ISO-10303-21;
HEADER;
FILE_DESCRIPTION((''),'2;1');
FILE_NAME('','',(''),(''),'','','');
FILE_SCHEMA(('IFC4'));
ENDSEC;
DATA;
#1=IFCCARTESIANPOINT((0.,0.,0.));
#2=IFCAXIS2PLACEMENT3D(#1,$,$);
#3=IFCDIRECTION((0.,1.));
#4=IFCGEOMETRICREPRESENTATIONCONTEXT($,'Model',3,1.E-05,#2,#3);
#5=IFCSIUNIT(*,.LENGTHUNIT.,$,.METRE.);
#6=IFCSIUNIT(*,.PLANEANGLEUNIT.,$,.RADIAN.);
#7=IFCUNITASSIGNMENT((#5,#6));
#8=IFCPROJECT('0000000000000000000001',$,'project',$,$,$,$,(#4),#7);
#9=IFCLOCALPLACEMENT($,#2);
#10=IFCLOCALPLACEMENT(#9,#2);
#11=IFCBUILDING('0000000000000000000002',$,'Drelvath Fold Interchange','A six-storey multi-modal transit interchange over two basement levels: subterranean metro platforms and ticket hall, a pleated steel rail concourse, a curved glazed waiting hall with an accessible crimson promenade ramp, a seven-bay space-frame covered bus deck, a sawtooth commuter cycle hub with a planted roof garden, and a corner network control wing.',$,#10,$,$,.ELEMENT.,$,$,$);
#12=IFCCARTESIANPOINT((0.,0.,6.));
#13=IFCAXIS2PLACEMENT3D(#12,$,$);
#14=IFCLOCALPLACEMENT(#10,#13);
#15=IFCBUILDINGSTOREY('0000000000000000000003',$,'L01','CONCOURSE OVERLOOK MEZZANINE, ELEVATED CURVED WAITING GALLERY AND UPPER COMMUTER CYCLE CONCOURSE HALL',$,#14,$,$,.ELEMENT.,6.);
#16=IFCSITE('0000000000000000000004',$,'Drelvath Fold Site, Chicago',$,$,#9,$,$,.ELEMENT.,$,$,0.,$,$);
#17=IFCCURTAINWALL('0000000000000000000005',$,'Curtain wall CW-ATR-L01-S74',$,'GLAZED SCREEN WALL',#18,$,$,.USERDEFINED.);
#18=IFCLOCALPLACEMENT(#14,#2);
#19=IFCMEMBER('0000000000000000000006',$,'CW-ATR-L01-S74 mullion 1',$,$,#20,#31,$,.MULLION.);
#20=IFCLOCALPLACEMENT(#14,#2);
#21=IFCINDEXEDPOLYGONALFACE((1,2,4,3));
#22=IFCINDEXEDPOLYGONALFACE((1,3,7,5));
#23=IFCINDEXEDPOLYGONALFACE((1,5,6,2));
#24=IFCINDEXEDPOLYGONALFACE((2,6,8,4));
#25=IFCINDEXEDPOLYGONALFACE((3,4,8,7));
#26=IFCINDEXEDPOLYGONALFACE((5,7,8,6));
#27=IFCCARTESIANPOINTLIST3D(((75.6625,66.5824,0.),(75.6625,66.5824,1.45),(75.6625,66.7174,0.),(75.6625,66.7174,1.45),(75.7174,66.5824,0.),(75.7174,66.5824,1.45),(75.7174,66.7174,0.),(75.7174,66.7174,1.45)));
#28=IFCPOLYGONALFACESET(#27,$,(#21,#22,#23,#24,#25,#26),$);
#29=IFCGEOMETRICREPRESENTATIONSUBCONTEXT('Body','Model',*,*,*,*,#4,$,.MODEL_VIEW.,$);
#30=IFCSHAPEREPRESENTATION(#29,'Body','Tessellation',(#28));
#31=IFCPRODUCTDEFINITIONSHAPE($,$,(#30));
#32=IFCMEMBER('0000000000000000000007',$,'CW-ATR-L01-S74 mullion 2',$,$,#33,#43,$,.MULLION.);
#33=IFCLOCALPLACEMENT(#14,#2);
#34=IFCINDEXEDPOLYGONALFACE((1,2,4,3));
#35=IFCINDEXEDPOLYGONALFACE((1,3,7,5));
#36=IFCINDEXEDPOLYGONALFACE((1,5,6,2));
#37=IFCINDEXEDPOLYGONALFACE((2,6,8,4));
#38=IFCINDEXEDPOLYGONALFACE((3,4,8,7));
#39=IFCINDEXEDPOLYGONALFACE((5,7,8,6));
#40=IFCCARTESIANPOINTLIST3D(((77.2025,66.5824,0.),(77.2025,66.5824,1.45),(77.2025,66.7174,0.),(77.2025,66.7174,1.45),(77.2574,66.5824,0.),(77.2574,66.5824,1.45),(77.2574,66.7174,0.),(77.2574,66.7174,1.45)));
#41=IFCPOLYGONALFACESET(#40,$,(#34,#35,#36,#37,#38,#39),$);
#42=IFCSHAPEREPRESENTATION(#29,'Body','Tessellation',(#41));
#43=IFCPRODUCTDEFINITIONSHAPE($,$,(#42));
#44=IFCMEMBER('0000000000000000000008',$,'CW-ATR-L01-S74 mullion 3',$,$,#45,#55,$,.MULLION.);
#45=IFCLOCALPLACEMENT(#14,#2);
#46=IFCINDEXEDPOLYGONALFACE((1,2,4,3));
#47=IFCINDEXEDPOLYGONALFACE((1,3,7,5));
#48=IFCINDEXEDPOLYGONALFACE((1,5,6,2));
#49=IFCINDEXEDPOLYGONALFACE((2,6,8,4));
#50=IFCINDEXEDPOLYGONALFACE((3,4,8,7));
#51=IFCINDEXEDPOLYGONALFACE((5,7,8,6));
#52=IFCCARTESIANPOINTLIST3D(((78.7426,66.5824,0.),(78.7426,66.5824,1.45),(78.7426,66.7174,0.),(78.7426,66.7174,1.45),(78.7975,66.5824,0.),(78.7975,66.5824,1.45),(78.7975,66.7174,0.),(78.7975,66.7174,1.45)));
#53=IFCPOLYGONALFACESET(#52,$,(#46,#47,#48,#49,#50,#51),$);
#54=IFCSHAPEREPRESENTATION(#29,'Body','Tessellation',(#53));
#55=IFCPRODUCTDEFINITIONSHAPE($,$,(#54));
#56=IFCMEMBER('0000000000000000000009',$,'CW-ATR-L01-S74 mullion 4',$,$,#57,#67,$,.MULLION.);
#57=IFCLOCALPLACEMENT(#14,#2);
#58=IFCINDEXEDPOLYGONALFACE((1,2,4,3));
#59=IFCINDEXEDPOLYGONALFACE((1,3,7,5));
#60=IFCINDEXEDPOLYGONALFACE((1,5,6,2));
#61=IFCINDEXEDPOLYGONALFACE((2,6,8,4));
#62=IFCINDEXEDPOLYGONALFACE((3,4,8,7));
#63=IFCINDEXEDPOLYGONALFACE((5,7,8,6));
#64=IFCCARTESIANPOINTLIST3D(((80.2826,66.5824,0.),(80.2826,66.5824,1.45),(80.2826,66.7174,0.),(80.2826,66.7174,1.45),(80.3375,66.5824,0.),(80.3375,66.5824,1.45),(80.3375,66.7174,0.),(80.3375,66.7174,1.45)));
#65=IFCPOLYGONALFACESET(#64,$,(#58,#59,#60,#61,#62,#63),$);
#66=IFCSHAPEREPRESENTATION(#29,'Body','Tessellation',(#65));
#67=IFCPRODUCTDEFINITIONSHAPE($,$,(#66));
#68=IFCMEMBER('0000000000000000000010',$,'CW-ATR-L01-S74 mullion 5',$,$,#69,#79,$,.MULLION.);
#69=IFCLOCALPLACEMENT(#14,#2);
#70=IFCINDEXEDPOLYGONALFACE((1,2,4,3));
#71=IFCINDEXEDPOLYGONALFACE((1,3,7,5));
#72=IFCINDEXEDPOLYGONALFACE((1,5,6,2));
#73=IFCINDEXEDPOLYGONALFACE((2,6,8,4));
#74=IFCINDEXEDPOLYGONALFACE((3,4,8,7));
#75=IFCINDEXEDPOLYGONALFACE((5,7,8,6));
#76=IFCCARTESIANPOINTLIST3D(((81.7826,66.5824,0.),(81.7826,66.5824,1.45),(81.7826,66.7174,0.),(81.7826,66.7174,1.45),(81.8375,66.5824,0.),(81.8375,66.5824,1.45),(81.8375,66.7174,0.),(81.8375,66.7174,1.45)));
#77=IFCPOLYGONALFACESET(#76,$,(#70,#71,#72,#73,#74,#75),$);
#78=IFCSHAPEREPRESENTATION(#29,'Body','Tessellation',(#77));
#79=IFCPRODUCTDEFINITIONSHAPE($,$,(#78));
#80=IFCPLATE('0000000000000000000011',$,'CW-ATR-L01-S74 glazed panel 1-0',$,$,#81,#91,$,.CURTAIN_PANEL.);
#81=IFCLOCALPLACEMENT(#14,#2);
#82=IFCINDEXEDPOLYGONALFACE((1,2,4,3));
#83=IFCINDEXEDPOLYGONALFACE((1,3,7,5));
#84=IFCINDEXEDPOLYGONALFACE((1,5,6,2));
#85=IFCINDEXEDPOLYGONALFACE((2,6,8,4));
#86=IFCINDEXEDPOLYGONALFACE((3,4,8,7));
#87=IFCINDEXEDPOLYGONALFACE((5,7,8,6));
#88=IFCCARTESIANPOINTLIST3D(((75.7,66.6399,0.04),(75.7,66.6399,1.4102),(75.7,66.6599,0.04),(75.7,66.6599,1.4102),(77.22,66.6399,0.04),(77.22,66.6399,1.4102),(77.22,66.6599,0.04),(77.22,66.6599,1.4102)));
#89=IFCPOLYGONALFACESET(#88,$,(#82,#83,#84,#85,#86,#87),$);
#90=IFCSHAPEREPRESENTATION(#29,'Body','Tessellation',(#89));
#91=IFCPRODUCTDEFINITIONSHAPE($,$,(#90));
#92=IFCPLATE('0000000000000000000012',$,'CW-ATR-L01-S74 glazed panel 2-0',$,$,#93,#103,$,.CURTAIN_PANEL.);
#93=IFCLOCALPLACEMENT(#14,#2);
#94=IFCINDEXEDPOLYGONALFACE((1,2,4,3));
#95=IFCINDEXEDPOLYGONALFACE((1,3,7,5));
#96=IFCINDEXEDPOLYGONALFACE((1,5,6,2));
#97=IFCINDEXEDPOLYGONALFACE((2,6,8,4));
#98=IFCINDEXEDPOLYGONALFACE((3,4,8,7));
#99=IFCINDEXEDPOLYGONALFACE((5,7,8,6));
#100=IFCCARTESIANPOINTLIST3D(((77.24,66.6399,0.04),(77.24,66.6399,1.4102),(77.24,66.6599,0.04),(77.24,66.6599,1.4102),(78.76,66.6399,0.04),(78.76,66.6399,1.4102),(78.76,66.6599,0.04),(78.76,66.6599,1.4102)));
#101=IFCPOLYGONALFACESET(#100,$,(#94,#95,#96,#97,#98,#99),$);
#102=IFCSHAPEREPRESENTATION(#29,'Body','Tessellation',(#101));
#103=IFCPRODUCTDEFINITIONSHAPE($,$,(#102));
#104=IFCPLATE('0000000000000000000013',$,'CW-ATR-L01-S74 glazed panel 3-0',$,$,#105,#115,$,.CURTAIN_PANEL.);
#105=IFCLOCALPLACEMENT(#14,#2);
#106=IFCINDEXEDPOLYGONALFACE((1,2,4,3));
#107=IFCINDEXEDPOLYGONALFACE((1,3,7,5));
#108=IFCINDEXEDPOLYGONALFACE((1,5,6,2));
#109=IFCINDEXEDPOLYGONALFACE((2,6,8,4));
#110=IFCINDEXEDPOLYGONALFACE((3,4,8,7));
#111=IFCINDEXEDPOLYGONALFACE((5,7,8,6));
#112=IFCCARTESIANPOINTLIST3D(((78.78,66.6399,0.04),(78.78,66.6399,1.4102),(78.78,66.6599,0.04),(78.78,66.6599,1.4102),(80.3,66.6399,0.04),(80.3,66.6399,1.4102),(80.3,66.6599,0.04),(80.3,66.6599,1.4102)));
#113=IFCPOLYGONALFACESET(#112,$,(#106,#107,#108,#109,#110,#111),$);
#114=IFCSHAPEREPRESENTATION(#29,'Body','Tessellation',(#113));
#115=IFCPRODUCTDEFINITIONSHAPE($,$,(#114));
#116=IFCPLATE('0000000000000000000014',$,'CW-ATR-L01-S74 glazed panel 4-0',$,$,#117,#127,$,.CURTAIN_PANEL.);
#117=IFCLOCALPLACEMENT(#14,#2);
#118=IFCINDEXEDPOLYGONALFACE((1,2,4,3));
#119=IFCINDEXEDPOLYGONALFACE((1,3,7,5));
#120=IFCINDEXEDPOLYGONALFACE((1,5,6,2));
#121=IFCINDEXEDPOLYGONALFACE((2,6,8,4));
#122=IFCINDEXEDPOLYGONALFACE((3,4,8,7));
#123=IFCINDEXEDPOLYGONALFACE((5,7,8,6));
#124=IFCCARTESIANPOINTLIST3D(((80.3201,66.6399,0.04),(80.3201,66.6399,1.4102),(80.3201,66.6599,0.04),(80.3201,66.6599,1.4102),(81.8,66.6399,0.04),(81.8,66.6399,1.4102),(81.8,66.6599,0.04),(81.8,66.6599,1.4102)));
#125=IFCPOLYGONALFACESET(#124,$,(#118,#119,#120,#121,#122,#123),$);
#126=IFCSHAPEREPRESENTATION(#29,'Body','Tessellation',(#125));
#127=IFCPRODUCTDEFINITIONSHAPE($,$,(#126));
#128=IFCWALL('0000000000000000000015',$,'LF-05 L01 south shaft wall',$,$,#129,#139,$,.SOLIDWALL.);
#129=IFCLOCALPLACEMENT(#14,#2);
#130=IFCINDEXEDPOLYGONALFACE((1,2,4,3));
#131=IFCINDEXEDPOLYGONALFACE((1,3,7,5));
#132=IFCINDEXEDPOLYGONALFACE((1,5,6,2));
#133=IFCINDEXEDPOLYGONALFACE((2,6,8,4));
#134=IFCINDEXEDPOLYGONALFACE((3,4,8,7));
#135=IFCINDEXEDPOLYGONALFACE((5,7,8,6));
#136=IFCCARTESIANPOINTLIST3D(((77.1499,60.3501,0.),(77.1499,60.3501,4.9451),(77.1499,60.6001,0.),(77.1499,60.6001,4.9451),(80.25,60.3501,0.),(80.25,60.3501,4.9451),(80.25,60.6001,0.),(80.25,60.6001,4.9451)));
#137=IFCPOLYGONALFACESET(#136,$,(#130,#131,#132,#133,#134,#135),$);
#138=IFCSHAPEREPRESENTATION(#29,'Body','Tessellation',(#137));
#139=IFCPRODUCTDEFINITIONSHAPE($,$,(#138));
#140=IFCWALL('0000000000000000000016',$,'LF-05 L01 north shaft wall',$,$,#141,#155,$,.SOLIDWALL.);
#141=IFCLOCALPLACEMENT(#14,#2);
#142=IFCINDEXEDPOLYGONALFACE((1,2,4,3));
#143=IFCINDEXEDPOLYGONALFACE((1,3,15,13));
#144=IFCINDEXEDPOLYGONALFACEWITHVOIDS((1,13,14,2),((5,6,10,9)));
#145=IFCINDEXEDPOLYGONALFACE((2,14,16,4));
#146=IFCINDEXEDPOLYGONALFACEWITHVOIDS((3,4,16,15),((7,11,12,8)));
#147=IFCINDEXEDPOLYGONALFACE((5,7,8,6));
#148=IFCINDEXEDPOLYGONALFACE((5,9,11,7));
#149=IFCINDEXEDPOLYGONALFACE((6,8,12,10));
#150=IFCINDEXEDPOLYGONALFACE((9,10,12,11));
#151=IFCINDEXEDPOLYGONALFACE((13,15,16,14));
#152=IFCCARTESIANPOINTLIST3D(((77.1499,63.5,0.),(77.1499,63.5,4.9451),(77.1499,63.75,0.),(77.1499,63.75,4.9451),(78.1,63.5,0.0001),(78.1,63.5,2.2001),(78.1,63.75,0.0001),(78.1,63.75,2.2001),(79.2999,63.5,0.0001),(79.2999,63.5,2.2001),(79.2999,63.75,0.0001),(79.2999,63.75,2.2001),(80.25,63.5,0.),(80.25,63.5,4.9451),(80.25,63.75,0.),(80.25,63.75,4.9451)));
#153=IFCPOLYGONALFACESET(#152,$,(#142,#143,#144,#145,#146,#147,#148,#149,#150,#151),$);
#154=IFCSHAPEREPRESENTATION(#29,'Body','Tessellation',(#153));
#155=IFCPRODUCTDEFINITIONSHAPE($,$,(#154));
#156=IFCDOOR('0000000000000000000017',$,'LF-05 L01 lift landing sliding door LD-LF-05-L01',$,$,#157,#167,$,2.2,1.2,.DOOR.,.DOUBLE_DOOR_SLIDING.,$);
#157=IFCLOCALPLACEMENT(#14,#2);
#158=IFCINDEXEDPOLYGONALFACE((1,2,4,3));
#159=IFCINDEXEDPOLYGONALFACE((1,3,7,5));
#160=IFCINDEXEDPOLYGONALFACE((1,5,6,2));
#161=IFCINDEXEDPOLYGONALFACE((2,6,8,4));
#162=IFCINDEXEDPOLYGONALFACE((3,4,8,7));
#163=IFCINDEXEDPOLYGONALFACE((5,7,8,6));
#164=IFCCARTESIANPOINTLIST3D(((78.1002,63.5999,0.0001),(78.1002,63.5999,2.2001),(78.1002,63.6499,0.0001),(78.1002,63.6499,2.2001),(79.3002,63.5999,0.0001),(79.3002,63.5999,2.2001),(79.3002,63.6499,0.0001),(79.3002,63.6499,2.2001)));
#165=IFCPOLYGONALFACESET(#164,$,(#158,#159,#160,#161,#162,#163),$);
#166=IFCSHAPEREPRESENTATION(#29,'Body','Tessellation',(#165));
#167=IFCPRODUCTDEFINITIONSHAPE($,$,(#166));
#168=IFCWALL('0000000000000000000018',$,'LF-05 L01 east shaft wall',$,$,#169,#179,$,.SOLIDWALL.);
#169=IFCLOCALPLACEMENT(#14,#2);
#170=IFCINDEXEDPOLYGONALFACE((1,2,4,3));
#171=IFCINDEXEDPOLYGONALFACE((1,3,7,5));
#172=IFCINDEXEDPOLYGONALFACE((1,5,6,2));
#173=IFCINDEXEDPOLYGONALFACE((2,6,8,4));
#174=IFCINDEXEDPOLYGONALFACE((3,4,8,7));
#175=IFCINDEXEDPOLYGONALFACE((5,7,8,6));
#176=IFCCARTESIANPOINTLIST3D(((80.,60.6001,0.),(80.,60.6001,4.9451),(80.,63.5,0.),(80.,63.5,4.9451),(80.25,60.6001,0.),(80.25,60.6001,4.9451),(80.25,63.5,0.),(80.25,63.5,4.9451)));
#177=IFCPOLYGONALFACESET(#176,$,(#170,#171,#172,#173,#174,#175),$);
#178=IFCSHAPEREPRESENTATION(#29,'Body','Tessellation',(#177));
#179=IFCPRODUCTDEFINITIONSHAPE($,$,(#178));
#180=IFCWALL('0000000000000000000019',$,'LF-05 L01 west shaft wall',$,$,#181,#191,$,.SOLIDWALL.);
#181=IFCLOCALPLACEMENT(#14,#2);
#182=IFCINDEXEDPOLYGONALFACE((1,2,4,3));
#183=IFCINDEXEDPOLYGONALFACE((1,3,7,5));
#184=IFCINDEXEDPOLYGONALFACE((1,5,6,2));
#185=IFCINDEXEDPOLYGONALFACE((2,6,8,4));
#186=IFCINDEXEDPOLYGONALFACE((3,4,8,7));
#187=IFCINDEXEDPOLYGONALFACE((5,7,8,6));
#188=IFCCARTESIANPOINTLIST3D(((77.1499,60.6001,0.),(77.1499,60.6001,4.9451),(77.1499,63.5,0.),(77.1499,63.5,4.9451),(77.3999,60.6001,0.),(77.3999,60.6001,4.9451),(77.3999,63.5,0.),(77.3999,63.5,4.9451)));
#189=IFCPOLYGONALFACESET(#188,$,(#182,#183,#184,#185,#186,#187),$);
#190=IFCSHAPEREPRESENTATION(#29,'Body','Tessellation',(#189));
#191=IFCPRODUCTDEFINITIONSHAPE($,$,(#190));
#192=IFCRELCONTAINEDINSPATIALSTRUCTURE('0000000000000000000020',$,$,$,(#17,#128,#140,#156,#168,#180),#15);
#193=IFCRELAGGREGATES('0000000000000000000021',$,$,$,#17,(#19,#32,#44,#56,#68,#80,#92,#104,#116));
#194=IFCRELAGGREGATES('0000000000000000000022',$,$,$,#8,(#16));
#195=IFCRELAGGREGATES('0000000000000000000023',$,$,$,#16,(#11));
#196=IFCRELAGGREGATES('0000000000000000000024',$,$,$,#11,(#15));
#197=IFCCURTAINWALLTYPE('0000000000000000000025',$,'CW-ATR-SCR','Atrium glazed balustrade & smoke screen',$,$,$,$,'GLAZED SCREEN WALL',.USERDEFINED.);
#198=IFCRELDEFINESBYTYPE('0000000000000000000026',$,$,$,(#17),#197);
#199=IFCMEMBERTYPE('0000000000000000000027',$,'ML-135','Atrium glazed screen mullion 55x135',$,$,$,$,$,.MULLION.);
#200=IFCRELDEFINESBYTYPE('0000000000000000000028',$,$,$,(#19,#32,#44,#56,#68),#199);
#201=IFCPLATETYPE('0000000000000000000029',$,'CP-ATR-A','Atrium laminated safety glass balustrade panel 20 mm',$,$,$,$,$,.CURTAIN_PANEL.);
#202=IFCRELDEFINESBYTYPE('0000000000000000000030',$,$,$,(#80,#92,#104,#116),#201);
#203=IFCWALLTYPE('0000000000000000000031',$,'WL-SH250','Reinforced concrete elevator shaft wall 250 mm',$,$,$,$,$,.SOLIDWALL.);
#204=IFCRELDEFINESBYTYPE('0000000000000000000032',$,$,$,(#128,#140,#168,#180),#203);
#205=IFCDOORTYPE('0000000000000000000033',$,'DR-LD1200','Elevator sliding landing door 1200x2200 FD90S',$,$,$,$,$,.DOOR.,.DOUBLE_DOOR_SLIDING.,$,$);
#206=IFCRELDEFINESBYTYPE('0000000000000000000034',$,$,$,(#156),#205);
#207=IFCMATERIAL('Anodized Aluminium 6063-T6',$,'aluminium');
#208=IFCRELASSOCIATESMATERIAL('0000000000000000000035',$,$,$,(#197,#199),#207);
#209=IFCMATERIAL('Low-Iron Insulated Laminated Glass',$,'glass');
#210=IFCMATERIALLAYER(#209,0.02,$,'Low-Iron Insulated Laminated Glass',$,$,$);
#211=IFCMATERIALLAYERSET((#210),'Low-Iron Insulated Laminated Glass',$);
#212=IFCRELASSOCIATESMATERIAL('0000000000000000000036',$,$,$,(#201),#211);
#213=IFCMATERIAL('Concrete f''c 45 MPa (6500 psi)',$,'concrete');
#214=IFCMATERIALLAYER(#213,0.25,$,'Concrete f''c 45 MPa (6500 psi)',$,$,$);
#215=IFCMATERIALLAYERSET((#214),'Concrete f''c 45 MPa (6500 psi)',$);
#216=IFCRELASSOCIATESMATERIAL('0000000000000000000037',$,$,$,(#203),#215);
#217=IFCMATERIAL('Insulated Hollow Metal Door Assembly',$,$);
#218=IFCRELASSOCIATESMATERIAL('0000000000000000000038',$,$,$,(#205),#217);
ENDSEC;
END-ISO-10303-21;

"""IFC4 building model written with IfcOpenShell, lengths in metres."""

from ifc_helpers import new_model, si_unit, direction, frame, frame_2d, origin, origin_2d, place, context, subcontext, project, spatial, rectangle, extrude, material, layer, layer_set, material_profile, profile_set, type_object, element, fill, aggregate, save


model = new_model("IFC4")

# Units and contexts
model_context = context("Model", 3, precision=1e-05, world=origin(), true_north=direction((0.0, 1.0)))
body_context = subcontext(model_context, "Body", "Model", "MODEL_VIEW")
ifc_project = project(units=[si_unit("LENGTHUNIT", "METRE"), si_unit("PLANEANGLEUNIT", "RADIAN")], contexts=[model_context])

# Site, building, storey
site_placement = place(None, origin())
site = spatial("IfcSite", under=ifc_project, at=site_placement, Name="Drelvath Fold Site, Chicago", CompositionType="ELEMENT", RefElevation=0.0)
building_placement = place(site_placement, origin())
building = spatial("IfcBuilding", under=site, at=building_placement, Name="Drelvath Fold Interchange", Description="A six-storey multi-modal transit interchange over two basement levels: subterranean metro platforms and ticket hall, a pleated steel rail concourse, a curved glazed waiting hall with an accessible crimson promenade ramp, a seven-bay space-frame covered bus deck, a sawtooth commuter cycle hub with a planted roof garden, and a corner network control wing.", CompositionType="ELEMENT")
storey_placement = place(building_placement, frame((0.0, 0.0, 6.0)))
storey = spatial("IfcBuildingStorey", under=building, at=storey_placement, Name="L01", Description="CONCOURSE OVERLOOK MEZZANINE, ELEVATED CURVED WAITING GALLERY AND UPPER COMMUTER CYCLE CONCOURSE HALL", CompositionType="ELEMENT", Elevation=6.0)

# Curtain wall, members, plates
ifc_material_1 = material(Name="Anodized Aluminium 6063-T6", Category="aluminium")
curtain_wall_type = type_object("IfcCurtainWallType", Name="CW-ATR-SCR", Description="Atrium glazed balustrade & smoke screen", ElementType="GLAZED SCREEN WALL", PredefinedType="USERDEFINED", material=ifc_material_1)
curtain_wall_placement = place(storey_placement, origin())
curtain_wall = element("IfcCurtainWall", 1, at=curtain_wall_placement, inside=storey, type_object=curtain_wall_type, Name="Curtain wall CW-ATR-L01-S74", ObjectType="GLAZED SCREEN WALL", PredefinedType="USERDEFINED")
ifc_material_profile_1 = material_profile(ifc_material_1, rectangle(XDim=0.0549, YDim=0.135, at=origin_2d()), Name="AL-M 55x135")
ifc_profile_set_1 = profile_set([ifc_material_profile_1], Name="Anodized Aluminium 6063-T6")
member_type = type_object("IfcMemberType", Name="ML-135", Description="Atrium glazed screen mullion 55x135", PredefinedType="MULLION", material=ifc_profile_set_1)
member_1_placement = place(storey_placement, frame((75.6899, 66.6499, 0.0), z_axis=(0.0, 0.0, 1.0), x_axis=(1.0, 0.0, 0.0)))
member_1 = element("IfcMember", 2, at=member_1_placement, type_object=member_type, Name="CW-ATR-L01-S74 mullion 1", PredefinedType="MULLION", context=body_context, shape_type="SweptSolid", body=[
    extrude(rectangle(XDim=0.0549, YDim=0.135, at=origin_2d()), origin(), (0.0, 0.0, 1.0), 1.45),
])
member_2_placement = place(storey_placement, frame((77.23, 66.6499, 0.0), z_axis=(0.0, 0.0, 1.0), x_axis=(1.0, 0.0, 0.0)))
member_2 = element("IfcMember", 3, at=member_2_placement, type_object=member_type, Name="CW-ATR-L01-S74 mullion 2", PredefinedType="MULLION", context=body_context, shape_type="SweptSolid", body=[
    extrude(rectangle(XDim=0.0549, YDim=0.135, at=origin_2d()), origin(), (0.0, 0.0, 1.0), 1.45),
])
member_3_placement = place(storey_placement, frame((78.77, 66.6499, 0.0), z_axis=(0.0, 0.0, 1.0), x_axis=(1.0, 0.0, 0.0)))
member_3 = element("IfcMember", 4, at=member_3_placement, type_object=member_type, Name="CW-ATR-L01-S74 mullion 3", PredefinedType="MULLION", context=body_context, shape_type="SweptSolid", body=[
    extrude(rectangle(XDim=0.0549, YDim=0.135, at=origin_2d()), origin(), (0.0, 0.0, 1.0), 1.45),
])
member_4_placement = place(storey_placement, frame((80.3101, 66.6499, 0.0), z_axis=(0.0, 0.0, 1.0), x_axis=(1.0, 0.0, 0.0)))
member_4 = element("IfcMember", 5, at=member_4_placement, type_object=member_type, Name="CW-ATR-L01-S74 mullion 4", PredefinedType="MULLION", context=body_context, shape_type="SweptSolid", body=[
    extrude(rectangle(XDim=0.0549, YDim=0.135, at=origin_2d()), origin(), (0.0, 0.0, 1.0), 1.45),
])
member_5_placement = place(storey_placement, frame((81.8101, 66.6499, 0.0), z_axis=(0.0, 0.0, 1.0), x_axis=(1.0, 0.0, 0.0)))
member_5 = element("IfcMember", 6, at=member_5_placement, type_object=member_type, Name="CW-ATR-L01-S74 mullion 5", PredefinedType="MULLION", context=body_context, shape_type="SweptSolid", body=[
    extrude(rectangle(XDim=0.0549, YDim=0.135, at=origin_2d()), origin(), (0.0, 0.0, 1.0), 1.45),
])
ifc_material_2 = material(Name="Low-Iron Insulated Laminated Glass", Category="glass")
ifc_layer_1 = layer(ifc_material_2, 0.02, Name="Low-Iron Insulated Laminated Glass")
ifc_layer_set_1 = layer_set([ifc_layer_1], Name="Low-Iron Insulated Laminated Glass")
plate_type = type_object("IfcPlateType", Name="CP-ATR-A", Description="Atrium laminated safety glass balustrade panel 20 mm", PredefinedType="CURTAIN_PANEL", material=ifc_layer_set_1)
plate_1_placement = place(storey_placement, frame((76.46, 66.6499, 0.04), z_axis=(0.0, 0.0, 1.0), x_axis=(1.0, 0.0, 0.0)))
plate_1 = element("IfcPlate", 7, at=plate_1_placement, type_object=plate_type, Name="CW-ATR-L01-S74 glazed panel 1-0", PredefinedType="CURTAIN_PANEL", context=body_context, shape_type="SweptSolid", body=[
    extrude(rectangle(XDim=1.52, YDim=0.02, at=origin_2d()), origin(), (0.0, 0.0, 1.0), 1.3701),
])
plate_2_placement = place(storey_placement, frame((78.0, 66.6499, 0.04), z_axis=(0.0, 0.0, 1.0), x_axis=(1.0, 0.0, 0.0)))
plate_2 = element("IfcPlate", 8, at=plate_2_placement, type_object=plate_type, Name="CW-ATR-L01-S74 glazed panel 2-0", PredefinedType="CURTAIN_PANEL", context=body_context, shape_type="SweptSolid", body=[
    extrude(rectangle(XDim=1.52, YDim=0.02, at=origin_2d()), origin(), (0.0, 0.0, 1.0), 1.3701),
])
plate_3_placement = place(storey_placement, frame((79.54, 66.6499, 0.04), z_axis=(0.0, 0.0, 1.0), x_axis=(1.0, 0.0, 0.0)))
plate_3 = element("IfcPlate", 9, at=plate_3_placement, type_object=plate_type, Name="CW-ATR-L01-S74 glazed panel 3-0", PredefinedType="CURTAIN_PANEL", context=body_context, shape_type="SweptSolid", body=[
    extrude(rectangle(XDim=1.52, YDim=0.02, at=origin_2d()), origin(), (0.0, 0.0, 1.0), 1.3701),
])
plate_4_placement = place(storey_placement, frame((81.0601, 66.6499, 0.04), z_axis=(0.0, 0.0, 1.0), x_axis=(1.0, 0.0, 0.0)))
plate_4 = element("IfcPlate", 10, at=plate_4_placement, type_object=plate_type, Name="CW-ATR-L01-S74 glazed panel 4-0", PredefinedType="CURTAIN_PANEL", context=body_context, shape_type="SweptSolid", body=[
    extrude(rectangle(XDim=1.48, YDim=0.02, at=origin_2d()), origin(), (0.0, 0.0, 1.0), 1.3701),
])
aggregate(curtain_wall, [member_1, member_2, member_3, member_4, member_5, plate_1, plate_2, plate_3, plate_4])

# Wall
ifc_material_3 = material(Name="Concrete f'c 45 MPa (6500 psi)", Category="concrete")
ifc_layer_2 = layer(ifc_material_3, 0.25, Name="Concrete f'c 45 MPa (6500 psi)")
ifc_layer_set_2 = layer_set([ifc_layer_2], Name="Concrete f'c 45 MPa (6500 psi)")
wall_type = type_object("IfcWallType", Name="WL-SH250", Description="Reinforced concrete elevator shaft wall 250 mm", PredefinedType="SOLIDWALL", material=ifc_layer_set_2)
wall_1_placement = place(storey_placement, frame((77.1499, 60.4751, 0.0), z_axis=(0.0, 0.0, 1.0), x_axis=(1.0, 0.0, 0.0)))
element("IfcWall", 11, at=wall_1_placement, inside=storey, type_object=wall_type, Name="LF-05 L01 south shaft wall", PredefinedType="SOLIDWALL", context=body_context, shape_type="SweptSolid", body=[
    extrude(rectangle(XDim=3.1001, YDim=0.25, at=frame_2d((1.55, 0.0))), origin(), (0.0, 0.0, 1.0), 4.9451),
])

# Wall, opening, door
wall_2_placement = place(storey_placement, frame((80.25, 63.625, 0.0), z_axis=(0.0, 0.0, 1.0), x_axis=(-1.0, 0.0, 0.0)))
wall_2 = element("IfcWall", 12, at=wall_2_placement, inside=storey, type_object=wall_type, Name="LF-05 L01 north shaft wall", PredefinedType="SOLIDWALL", context=body_context, shape_type="SweptSolid", body=[
    extrude(rectangle(XDim=3.1001, YDim=0.25, at=frame_2d((1.55, 0.0))), origin(), (0.0, 0.0, 1.0), 4.9451),
])
opening_1_placement = place(wall_2_placement, frame((0.95, 0.0, 0.0)))
opening_1 = element("IfcOpeningElement", 13, at=opening_1_placement, cuts=wall_2, PredefinedType="OPENING", context=body_context, shape_type="SweptSolid", body=[
    extrude(rectangle(XDim=1.2, YDim=2.2, at=frame_2d((0.6001, 1.1001))), frame((0.0, 0.135, 0.0), z_axis=(0.0, -1.0, 0.0), x_axis=(1.0, 0.0, 0.0)), (0.0, 0.0, 1.0), 0.27),
])
ifc_material_4 = material(Name="Insulated Hollow Metal Door Assembly")
door_type = type_object("IfcDoorType", Name="DR-LD1200", Description="Elevator sliding landing door 1200x2200 FD90S", OperationType="DOUBLE_DOOR_SLIDING", PredefinedType="DOOR", material=ifc_material_4)
door_1_placement = place(opening_1_placement, frame((1.2, 0.0, 0.0), z_axis=(0.0, 0.0, 1.0), x_axis=(-1.0, 0.0, 0.0)))
door_1 = element("IfcDoor", 14, at=door_1_placement, inside=storey, type_object=door_type, Name="LF-05 L01 lift landing sliding door LD-LF-05-L01", OperationType="DOUBLE_DOOR_SLIDING", OverallHeight=2.2, OverallWidth=1.2, PredefinedType="DOOR", context=body_context, shape_type="SweptSolid", body=[
    extrude(rectangle(XDim=1.2, YDim=2.2, at=frame_2d((0.6001, 1.1001))), frame((0.0, 0.0249, 0.0), z_axis=(0.0, -1.0, 0.0), x_axis=(1.0, 0.0, 0.0)), (0.0, 0.0, 1.0), 0.05),
])
fill(opening_1, door_1)

# Walls
for number, where, z_axis, x_axis, name in (
    (15, (80.125, 60.6001, 0.0), (0.0, 0.0, 1.0), (0.0, 1.0, 0.0), "LF-05 L01 east shaft wall"),
    (16, (77.2749, 63.5, 0.0), (0.0, 0.0, 1.0), (0.0, -1.0, 0.0), "LF-05 L01 west shaft wall"),
):
    element("IfcWall", number, at=place(storey_placement, frame(where, z_axis=z_axis, x_axis=x_axis)), inside=storey, type_object=wall_type, Name=name, PredefinedType="SOLIDWALL", context=body_context, shape_type="SweptSolid", body=[
        extrude(rectangle(XDim=2.8999, YDim=0.25, at=frame_2d((1.45, 0.0))), origin(), (0.0, 0.0, 1.0), 4.9451),
    ])

save(model, "model.ifc")
